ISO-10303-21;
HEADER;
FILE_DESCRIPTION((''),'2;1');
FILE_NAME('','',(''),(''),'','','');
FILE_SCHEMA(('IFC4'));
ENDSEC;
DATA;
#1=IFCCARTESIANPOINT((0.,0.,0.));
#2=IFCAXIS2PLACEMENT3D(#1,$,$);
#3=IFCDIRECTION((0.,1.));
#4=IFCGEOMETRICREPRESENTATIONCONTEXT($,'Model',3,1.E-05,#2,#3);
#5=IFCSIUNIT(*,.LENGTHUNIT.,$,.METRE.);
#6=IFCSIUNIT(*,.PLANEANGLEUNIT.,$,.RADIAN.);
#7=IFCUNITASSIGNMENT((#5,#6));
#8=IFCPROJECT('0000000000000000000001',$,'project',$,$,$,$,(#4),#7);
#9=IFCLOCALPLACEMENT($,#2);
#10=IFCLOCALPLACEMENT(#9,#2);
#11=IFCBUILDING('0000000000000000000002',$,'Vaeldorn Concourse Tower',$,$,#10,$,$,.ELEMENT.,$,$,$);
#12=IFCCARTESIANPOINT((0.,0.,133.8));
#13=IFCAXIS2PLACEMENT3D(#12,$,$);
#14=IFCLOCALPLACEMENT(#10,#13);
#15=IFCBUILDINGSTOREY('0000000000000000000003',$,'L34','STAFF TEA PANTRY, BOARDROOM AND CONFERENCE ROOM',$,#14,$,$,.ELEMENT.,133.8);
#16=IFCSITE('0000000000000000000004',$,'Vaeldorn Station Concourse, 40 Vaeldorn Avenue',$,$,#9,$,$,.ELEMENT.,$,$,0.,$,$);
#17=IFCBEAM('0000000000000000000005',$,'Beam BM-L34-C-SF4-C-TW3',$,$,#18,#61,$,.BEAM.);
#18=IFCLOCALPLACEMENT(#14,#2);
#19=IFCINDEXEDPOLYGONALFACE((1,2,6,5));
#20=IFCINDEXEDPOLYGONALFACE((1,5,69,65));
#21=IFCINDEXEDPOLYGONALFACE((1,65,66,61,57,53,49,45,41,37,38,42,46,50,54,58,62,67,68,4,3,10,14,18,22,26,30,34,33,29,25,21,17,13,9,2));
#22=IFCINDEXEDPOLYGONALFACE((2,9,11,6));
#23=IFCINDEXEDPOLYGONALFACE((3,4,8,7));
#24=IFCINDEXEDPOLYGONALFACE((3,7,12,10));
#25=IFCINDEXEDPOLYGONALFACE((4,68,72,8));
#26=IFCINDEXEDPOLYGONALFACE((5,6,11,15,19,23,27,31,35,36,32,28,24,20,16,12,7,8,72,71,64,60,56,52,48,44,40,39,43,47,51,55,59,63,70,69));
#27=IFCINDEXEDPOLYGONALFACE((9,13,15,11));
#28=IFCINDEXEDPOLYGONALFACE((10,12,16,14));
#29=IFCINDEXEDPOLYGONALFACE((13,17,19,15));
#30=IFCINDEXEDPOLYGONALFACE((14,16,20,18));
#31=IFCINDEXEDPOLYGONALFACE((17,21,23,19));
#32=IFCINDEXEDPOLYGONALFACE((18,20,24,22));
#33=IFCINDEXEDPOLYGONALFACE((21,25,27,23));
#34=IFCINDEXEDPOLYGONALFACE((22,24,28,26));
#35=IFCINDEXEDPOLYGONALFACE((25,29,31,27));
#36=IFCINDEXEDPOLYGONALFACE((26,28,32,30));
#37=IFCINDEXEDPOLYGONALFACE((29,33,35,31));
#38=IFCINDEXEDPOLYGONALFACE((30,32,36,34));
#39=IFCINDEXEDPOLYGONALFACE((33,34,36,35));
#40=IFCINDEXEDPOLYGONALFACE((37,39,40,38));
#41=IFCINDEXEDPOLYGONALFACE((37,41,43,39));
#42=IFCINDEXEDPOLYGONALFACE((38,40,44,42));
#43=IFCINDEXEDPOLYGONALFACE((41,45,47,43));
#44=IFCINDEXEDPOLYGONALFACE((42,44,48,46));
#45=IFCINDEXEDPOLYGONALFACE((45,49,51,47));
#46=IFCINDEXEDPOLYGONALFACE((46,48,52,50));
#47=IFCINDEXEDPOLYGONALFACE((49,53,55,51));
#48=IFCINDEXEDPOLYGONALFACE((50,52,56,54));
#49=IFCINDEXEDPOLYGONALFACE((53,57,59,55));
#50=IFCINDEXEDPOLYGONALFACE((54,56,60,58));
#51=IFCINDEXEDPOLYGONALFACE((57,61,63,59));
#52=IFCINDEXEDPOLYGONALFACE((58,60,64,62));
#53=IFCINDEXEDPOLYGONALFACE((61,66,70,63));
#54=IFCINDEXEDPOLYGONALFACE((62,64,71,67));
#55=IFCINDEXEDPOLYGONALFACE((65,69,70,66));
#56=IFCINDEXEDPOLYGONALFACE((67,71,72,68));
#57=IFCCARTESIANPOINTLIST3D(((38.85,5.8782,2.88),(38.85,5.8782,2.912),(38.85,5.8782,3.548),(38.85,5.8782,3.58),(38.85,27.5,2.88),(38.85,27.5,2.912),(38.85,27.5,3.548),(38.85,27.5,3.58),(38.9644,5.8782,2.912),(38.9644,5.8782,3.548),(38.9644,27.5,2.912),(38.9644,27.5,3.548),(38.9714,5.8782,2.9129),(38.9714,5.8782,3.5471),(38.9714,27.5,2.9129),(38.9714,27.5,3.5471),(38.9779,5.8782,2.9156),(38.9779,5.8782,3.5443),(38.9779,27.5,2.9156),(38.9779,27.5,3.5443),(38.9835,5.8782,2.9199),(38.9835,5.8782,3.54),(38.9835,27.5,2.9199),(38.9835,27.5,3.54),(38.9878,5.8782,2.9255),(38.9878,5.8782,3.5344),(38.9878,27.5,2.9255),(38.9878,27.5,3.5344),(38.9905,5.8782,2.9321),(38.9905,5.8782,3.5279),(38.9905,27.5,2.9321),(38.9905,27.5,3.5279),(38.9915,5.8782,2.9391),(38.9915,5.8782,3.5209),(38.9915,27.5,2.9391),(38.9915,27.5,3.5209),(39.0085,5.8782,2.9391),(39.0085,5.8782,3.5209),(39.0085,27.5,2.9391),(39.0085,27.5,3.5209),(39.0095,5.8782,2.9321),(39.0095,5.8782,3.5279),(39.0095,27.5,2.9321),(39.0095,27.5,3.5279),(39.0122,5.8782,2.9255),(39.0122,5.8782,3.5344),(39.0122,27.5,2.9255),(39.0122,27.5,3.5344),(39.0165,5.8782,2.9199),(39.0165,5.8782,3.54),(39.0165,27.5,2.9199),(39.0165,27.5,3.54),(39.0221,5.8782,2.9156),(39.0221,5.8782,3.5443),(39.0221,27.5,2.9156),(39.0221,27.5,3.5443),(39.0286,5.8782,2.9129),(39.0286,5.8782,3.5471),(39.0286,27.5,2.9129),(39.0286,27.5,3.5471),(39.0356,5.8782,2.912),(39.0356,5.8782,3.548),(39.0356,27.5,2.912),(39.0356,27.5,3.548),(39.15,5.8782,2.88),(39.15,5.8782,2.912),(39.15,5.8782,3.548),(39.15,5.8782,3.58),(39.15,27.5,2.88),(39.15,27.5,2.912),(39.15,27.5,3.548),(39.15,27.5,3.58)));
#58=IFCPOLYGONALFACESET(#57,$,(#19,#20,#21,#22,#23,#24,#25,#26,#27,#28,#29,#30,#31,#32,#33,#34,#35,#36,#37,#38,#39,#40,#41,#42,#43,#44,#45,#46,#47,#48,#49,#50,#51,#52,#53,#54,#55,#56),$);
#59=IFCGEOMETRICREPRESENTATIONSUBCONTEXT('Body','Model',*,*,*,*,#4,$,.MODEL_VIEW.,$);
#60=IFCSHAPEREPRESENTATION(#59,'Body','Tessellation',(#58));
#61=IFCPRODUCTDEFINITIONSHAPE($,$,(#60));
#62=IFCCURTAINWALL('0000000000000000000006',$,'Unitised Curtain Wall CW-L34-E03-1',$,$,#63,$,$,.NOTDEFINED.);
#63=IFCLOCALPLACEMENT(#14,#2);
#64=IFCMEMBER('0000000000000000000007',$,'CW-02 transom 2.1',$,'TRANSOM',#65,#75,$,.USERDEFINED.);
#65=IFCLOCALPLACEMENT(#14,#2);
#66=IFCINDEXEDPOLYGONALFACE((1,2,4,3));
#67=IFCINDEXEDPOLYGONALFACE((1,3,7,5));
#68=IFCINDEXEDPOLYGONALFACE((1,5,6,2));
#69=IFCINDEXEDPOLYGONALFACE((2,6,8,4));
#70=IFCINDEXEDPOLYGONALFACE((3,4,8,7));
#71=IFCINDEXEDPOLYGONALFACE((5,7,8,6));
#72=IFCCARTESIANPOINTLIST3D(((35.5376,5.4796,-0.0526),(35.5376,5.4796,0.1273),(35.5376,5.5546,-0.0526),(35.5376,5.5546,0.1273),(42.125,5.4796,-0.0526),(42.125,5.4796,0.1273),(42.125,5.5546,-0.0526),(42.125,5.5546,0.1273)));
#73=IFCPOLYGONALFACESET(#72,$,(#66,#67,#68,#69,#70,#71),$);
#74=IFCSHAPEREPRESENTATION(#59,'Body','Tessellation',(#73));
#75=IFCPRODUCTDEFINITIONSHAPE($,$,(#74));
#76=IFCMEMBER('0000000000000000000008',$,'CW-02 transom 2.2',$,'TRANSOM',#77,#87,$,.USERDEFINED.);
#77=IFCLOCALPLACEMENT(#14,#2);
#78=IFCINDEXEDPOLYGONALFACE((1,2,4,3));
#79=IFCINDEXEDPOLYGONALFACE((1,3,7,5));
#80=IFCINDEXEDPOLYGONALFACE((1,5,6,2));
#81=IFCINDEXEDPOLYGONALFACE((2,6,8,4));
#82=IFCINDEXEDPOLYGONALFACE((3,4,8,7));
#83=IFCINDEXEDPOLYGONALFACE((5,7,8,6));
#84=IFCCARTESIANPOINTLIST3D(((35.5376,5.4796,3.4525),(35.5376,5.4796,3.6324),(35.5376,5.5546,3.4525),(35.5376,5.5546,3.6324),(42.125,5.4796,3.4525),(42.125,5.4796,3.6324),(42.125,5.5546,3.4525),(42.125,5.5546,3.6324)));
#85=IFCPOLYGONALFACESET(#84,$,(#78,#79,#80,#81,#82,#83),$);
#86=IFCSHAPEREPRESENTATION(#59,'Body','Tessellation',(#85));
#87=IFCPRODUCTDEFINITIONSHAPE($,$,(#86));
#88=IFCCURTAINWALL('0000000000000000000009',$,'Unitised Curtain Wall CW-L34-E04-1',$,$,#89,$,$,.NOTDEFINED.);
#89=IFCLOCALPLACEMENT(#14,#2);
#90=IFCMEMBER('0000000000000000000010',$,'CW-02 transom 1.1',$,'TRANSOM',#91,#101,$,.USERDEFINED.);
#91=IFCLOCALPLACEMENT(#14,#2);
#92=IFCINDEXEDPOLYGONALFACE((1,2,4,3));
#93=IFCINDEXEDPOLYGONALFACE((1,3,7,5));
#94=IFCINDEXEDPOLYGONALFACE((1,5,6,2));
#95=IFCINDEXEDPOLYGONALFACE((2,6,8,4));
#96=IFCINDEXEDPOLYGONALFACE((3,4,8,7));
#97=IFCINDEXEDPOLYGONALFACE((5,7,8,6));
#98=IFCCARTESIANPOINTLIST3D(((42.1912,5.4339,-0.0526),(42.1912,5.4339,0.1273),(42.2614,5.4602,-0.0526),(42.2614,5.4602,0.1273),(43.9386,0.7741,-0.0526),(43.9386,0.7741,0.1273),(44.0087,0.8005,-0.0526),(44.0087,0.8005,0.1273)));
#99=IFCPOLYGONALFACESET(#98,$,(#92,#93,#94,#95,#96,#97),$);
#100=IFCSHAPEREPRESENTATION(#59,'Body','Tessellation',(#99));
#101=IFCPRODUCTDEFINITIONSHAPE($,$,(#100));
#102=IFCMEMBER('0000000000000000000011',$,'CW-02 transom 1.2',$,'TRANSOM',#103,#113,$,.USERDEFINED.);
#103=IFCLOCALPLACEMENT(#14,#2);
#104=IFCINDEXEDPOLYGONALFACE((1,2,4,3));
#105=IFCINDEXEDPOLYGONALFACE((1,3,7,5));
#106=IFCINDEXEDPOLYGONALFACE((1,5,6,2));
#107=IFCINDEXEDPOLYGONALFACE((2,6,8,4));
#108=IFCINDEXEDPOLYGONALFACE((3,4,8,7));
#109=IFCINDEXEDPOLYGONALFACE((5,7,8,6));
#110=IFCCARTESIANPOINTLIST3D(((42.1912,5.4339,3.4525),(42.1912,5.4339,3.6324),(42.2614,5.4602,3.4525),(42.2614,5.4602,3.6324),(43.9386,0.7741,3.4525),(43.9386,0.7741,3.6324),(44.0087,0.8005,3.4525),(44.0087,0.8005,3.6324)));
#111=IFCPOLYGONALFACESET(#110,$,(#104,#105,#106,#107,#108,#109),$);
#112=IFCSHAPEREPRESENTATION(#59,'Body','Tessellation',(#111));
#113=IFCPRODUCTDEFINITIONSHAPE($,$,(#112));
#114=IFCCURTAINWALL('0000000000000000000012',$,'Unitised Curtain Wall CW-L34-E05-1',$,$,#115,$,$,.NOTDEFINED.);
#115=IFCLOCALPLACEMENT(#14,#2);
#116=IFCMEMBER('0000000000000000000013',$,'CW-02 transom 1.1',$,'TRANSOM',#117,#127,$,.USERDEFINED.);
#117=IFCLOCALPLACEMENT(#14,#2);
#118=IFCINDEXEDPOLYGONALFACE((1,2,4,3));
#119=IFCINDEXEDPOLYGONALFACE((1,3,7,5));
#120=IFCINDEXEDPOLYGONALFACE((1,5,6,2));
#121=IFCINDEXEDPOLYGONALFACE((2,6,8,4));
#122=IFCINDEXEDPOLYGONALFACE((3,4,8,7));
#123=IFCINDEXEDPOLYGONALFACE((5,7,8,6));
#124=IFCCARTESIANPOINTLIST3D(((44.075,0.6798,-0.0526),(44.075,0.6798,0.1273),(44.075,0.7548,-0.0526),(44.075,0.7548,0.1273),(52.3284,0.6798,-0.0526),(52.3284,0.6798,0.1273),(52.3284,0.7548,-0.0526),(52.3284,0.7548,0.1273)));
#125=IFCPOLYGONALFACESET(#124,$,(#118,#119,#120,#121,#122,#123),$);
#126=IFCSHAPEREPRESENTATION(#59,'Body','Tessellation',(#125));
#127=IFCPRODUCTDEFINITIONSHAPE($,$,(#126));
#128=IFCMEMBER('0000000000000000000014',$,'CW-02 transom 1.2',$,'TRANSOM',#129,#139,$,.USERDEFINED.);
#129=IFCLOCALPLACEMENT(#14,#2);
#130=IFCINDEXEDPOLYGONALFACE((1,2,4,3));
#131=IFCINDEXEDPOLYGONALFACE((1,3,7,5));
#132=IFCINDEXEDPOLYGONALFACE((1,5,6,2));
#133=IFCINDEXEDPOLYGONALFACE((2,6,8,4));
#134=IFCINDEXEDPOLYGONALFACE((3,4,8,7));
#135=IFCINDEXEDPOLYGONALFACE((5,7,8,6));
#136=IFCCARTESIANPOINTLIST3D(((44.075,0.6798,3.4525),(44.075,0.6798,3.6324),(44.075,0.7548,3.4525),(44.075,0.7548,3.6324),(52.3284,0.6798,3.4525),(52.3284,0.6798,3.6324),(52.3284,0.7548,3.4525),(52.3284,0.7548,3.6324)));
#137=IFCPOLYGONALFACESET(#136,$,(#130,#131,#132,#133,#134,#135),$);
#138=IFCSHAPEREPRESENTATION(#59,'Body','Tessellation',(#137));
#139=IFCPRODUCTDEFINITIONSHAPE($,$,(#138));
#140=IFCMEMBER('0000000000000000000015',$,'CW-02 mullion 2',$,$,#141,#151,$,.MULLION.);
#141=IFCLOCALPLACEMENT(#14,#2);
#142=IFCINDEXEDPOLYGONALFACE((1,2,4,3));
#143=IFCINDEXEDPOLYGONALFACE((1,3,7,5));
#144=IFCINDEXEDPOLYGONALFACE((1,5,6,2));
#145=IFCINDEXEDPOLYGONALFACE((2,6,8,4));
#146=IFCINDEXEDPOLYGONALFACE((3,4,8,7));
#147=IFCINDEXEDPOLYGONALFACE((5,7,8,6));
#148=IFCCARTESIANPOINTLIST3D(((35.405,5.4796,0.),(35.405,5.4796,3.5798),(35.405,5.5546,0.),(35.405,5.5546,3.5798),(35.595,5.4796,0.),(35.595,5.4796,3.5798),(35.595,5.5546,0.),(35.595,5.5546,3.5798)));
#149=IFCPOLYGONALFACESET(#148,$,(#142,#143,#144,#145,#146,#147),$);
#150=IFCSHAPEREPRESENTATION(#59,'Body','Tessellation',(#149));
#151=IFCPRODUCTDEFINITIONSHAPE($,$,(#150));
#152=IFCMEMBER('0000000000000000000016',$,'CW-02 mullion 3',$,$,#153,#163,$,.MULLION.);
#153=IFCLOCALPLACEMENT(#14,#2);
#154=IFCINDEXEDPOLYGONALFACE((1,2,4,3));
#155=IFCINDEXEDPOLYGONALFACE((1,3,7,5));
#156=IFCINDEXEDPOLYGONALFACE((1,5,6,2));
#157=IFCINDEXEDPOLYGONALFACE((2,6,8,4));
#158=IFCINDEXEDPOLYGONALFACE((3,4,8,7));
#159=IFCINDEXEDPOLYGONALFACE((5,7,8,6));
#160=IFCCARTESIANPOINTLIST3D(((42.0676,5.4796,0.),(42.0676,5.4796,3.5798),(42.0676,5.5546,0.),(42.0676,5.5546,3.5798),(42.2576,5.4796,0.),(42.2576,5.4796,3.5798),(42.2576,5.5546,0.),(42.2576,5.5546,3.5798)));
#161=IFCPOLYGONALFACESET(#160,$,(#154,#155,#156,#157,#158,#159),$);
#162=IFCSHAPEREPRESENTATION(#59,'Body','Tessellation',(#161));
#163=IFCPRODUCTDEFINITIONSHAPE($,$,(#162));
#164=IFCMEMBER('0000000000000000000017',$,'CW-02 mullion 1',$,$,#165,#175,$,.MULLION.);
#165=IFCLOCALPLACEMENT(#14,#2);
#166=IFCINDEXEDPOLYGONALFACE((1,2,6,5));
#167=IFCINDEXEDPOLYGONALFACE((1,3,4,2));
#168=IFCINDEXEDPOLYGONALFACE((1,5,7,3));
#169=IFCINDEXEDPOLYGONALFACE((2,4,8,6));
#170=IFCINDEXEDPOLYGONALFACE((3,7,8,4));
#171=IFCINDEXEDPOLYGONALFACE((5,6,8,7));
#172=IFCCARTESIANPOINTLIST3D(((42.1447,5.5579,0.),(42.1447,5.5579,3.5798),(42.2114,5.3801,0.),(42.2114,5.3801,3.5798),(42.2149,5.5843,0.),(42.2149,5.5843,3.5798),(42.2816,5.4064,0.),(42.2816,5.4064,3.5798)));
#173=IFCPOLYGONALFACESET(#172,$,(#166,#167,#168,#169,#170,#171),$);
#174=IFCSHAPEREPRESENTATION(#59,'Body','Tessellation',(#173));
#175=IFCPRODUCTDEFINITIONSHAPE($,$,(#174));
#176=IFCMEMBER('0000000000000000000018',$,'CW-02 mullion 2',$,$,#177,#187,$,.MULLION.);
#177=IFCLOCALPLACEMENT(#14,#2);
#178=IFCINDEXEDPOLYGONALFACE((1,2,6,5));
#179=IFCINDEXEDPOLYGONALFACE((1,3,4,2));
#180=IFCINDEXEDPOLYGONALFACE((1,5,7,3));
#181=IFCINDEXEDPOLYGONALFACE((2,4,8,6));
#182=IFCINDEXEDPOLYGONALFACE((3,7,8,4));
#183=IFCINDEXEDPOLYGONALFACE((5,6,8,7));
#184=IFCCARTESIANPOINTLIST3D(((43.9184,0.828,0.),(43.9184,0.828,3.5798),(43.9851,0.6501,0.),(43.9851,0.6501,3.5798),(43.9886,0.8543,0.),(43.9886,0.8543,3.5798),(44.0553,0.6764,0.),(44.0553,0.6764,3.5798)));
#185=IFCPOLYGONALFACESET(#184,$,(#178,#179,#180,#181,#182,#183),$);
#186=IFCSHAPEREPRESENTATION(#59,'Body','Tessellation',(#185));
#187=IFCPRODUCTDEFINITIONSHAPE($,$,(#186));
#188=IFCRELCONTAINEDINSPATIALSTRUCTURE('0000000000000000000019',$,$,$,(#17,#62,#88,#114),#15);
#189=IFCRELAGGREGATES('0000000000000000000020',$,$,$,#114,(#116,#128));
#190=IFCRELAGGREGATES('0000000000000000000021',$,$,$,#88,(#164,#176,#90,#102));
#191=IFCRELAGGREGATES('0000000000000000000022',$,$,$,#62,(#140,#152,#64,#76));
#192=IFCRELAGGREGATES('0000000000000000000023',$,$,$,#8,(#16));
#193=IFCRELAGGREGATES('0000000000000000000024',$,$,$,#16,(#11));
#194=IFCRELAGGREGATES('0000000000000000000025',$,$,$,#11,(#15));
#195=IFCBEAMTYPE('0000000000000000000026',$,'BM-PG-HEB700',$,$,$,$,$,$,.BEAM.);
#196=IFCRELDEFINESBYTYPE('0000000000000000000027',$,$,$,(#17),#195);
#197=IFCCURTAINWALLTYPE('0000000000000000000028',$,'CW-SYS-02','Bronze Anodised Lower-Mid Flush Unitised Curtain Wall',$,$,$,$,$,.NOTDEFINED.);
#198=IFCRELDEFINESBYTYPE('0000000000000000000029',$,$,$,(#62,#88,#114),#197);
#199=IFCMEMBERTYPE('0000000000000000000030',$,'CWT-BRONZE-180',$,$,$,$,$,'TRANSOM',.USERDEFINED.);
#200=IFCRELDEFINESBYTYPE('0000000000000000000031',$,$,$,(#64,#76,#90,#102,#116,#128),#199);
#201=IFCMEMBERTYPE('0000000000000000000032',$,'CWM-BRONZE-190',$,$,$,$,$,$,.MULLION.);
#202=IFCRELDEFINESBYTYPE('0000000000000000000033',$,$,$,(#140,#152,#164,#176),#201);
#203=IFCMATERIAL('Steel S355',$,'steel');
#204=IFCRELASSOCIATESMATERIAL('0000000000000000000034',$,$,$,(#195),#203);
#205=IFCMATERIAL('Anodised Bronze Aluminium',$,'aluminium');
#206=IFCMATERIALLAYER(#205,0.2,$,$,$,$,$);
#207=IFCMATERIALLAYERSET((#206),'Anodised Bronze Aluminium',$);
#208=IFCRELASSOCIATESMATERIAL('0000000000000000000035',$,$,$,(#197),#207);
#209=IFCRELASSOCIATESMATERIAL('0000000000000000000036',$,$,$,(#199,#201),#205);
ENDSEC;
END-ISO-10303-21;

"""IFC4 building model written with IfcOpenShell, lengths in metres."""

from ifc_helpers import new_model, si_unit, direction, frame, origin, origin_2d, place, context, subcontext, project, spatial, rectangle, i_section, extrude, source, transform, mapped, material, layer, layer_set, material_profile, profile_set, type_object, element, aggregate, save


model = new_model("IFC4")

# Units and contexts
model_context = context("Model", 3, precision=1e-05, world=origin(), true_north=direction((0.0, 1.0)))
body_context = subcontext(model_context, "Body", "Model", "MODEL_VIEW")
ifc_project = project(units=[si_unit("LENGTHUNIT", "METRE"), si_unit("PLANEANGLEUNIT", "RADIAN")], contexts=[model_context])

# Site, building, storey
site_placement = place(None, origin())
site = spatial("IfcSite", under=ifc_project, at=site_placement, Name="Vaeldorn Station Concourse, 40 Vaeldorn Avenue", CompositionType="ELEMENT", RefElevation=0.0)
building_placement = place(site_placement, origin())
building = spatial("IfcBuilding", under=site, at=building_placement, Name="Vaeldorn Concourse Tower", CompositionType="ELEMENT")
storey_placement = place(building_placement, frame((0.0, 0.0, 133.8)))
storey = spatial("IfcBuildingStorey", under=building, at=storey_placement, Name="L34", Description="STAFF TEA PANTRY, BOARDROOM AND CONFERENCE ROOM", CompositionType="ELEMENT", Elevation=133.8)

# Beam
ifc_material_1 = material(Name="Steel S355", Category="steel")
ifc_material_profile_1 = material_profile(ifc_material_1, i_section(OverallWidth=0.3, OverallDepth=0.7, WebThickness=0.0171, FlangeThickness=0.032, FilletRadius=0.0271, at=origin_2d()), Name="HEB 700")
ifc_profile_set_1 = profile_set([ifc_material_profile_1], Name="Steel S355")
beam_type_1 = type_object("IfcBeamType", Name="BM-PG-HEB700", PredefinedType="BEAM", material=ifc_profile_set_1)
shared_shape_1 = source(origin(), body_context, "Body", "SweptSolid", [
    extrude(i_section(OverallWidth=0.3, OverallDepth=0.7, WebThickness=0.0171, FlangeThickness=0.032, FilletRadius=0.0271, at=origin_2d()), origin(), (0.0, 0.0, 1.0), 21.6218),
])
beam_1_placement = place(storey_placement, frame((39.0, 5.8782, 3.23), z_axis=(0.0, 1.0, 0.0), x_axis=(-1.0, 0.0, 0.0)))
element("IfcBeam", 1, at=beam_1_placement, inside=storey, type_object=beam_type_1, Name="Beam BM-L34-C-SF4-C-TW3", PredefinedType="BEAM", context=body_context, shape_type="MappedRepresentation", body=[
    mapped(shared_shape_1, transform((0.0, 0.0, 0.0), scale=1.0)),
])

# Curtain walls, members
ifc_material_2 = material(Name="Anodised Bronze Aluminium", Category="aluminium")
ifc_layer_1 = layer(ifc_material_2, 0.2)
ifc_layer_set_1 = layer_set([ifc_layer_1], Name="Anodised Bronze Aluminium")
curtain_wall_type = type_object("IfcCurtainWallType", Name="CW-SYS-02", Description="Bronze Anodised Lower-Mid Flush Unitised Curtain Wall", PredefinedType="NOTDEFINED", material=ifc_layer_set_1)
curtain_wall_1_placement = place(storey_placement, origin())
curtain_wall_1 = element("IfcCurtainWall", 2, at=curtain_wall_1_placement, inside=storey, type_object=curtain_wall_type, Name="Unitised Curtain Wall CW-L34-E03-1", PredefinedType="NOTDEFINED")
ifc_material_profile_2 = material_profile(ifc_material_2, rectangle(XDim=0.075, YDim=0.1799, at=origin_2d()), Name="CWT 75x180")
ifc_profile_set_2 = profile_set([ifc_material_profile_2], Name="Anodised Bronze Aluminium")
member_type_1 = type_object("IfcMemberType", Name="CWT-BRONZE-180", ElementType="TRANSOM", PredefinedType="USERDEFINED", material=ifc_profile_set_2)
shared_shape_2 = source(origin(), body_context, "Body", "SweptSolid", [
    extrude(rectangle(XDim=0.075, YDim=0.1799, at=origin_2d()), origin(), (0.0, 0.0, 1.0), 6.5874),
])
member_1_placement = place(storey_placement, frame((35.5376, 5.5171, 0.0374), z_axis=(1.0, 0.0, 0.0), x_axis=(0.0, 1.0, 0.0)))
member_1 = element("IfcMember", 3, at=member_1_placement, type_object=member_type_1, Name="CW-02 transom 2.1", ObjectType="TRANSOM", PredefinedType="USERDEFINED", context=body_context, shape_type="MappedRepresentation", body=[
    mapped(shared_shape_2, transform((0.0, 0.0, 0.0), scale=1.0)),
])
member_2_placement = place(storey_placement, frame((35.5376, 5.5171, 3.5425), z_axis=(1.0, 0.0, 0.0), x_axis=(0.0, 1.0, 0.0)))
member_2 = element("IfcMember", 4, at=member_2_placement, type_object=member_type_1, Name="CW-02 transom 2.2", ObjectType="TRANSOM", PredefinedType="USERDEFINED", context=body_context, shape_type="MappedRepresentation", body=[
    mapped(shared_shape_2, transform((0.0, 0.0, 0.0), scale=1.0)),
])
curtain_wall_2_placement = place(storey_placement, origin())
curtain_wall_2 = element("IfcCurtainWall", 5, at=curtain_wall_2_placement, inside=storey, type_object=curtain_wall_type, Name="Unitised Curtain Wall CW-L34-E04-1", PredefinedType="NOTDEFINED")
shared_shape_3 = source(origin(), body_context, "Body", "SweptSolid", [
    extrude(rectangle(XDim=0.075, YDim=0.1799, at=origin_2d()), origin(), (0.0, 0.0, 1.0), 4.9766),
])
member_3_placement = place(storey_placement, frame((42.2263, 5.447, 0.0374), z_axis=(0.351113, -0.936333, 0.0), x_axis=(0.936333, 0.351113, 0.0)))
member_3 = element("IfcMember", 6, at=member_3_placement, type_object=member_type_1, Name="CW-02 transom 1.1", ObjectType="TRANSOM", PredefinedType="USERDEFINED", context=body_context, shape_type="MappedRepresentation", body=[
    mapped(shared_shape_3, transform((0.0, 0.0, 0.0), scale=1.0)),
])
member_4_placement = place(storey_placement, frame((42.2263, 5.447, 3.5425), z_axis=(0.351113, -0.936333, 0.0), x_axis=(0.936333, 0.351113, 0.0)))
member_4 = element("IfcMember", 7, at=member_4_placement, type_object=member_type_1, Name="CW-02 transom 1.2", ObjectType="TRANSOM", PredefinedType="USERDEFINED", context=body_context, shape_type="MappedRepresentation", body=[
    mapped(shared_shape_3, transform((0.0, 0.0, 0.0), scale=1.0)),
])
curtain_wall_3_placement = place(storey_placement, origin())
curtain_wall_3 = element("IfcCurtainWall", 8, at=curtain_wall_3_placement, inside=storey, type_object=curtain_wall_type, Name="Unitised Curtain Wall CW-L34-E05-1", PredefinedType="NOTDEFINED")
shared_shape_4 = source(origin(), body_context, "Body", "SweptSolid", [
    extrude(rectangle(XDim=0.075, YDim=0.1799, at=origin_2d()), origin(), (0.0, 0.0, 1.0), 8.2534),
])
member_5_placement = place(storey_placement, frame((44.075, 0.7173, 0.0374), z_axis=(1.0, 0.0, 0.0), x_axis=(0.0, 1.0, 0.0)))
member_5 = element("IfcMember", 9, at=member_5_placement, type_object=member_type_1, Name="CW-02 transom 1.1", ObjectType="TRANSOM", PredefinedType="USERDEFINED", context=body_context, shape_type="MappedRepresentation", body=[
    mapped(shared_shape_4, transform((0.0, 0.0, 0.0), scale=1.0)),
])
member_6_placement = place(storey_placement, frame((44.075, 0.7173, 3.5425), z_axis=(1.0, 0.0, 0.0), x_axis=(0.0, 1.0, 0.0)))
member_6 = element("IfcMember", 10, at=member_6_placement, type_object=member_type_1, Name="CW-02 transom 1.2", ObjectType="TRANSOM", PredefinedType="USERDEFINED", context=body_context, shape_type="MappedRepresentation", body=[
    mapped(shared_shape_4, transform((0.0, 0.0, 0.0), scale=1.0)),
])

# Members
ifc_material_profile_3 = material_profile(ifc_material_2, rectangle(XDim=0.075, YDim=0.1899, at=origin_2d()), Name="CWM 75x190")
ifc_profile_set_3 = profile_set([ifc_material_profile_3], Name="Anodised Bronze Aluminium")
member_type_2 = type_object("IfcMemberType", Name="CWM-BRONZE-190", PredefinedType="MULLION", material=ifc_profile_set_3)
shared_shape_5 = source(origin(), body_context, "Body", "SweptSolid", [
    extrude(rectangle(XDim=0.075, YDim=0.1899, at=origin_2d()), origin(), (0.0, 0.0, 1.0), 3.5798),
])
member_7_placement = place(storey_placement, frame((35.5, 5.5171, 0.0), z_axis=(0.0, 0.0, 1.0), x_axis=(0.0, 1.0, 0.0)))
member_7 = element("IfcMember", 11, at=member_7_placement, type_object=member_type_2, Name="CW-02 mullion 2", PredefinedType="MULLION", context=body_context, shape_type="MappedRepresentation", body=[
    mapped(shared_shape_5, transform((0.0, 0.0, 0.0), scale=1.0)),
])
member_8_placement = place(storey_placement, frame((42.1626, 5.5171, 0.0), z_axis=(0.0, 0.0, 1.0), x_axis=(0.0, 1.0, 0.0)))
member_8 = element("IfcMember", 12, at=member_8_placement, type_object=member_type_2, Name="CW-02 mullion 3", PredefinedType="MULLION", context=body_context, shape_type="MappedRepresentation", body=[
    mapped(shared_shape_5, transform((0.0, 0.0, 0.0), scale=1.0)),
])
member_9_placement = place(storey_placement, frame((42.2131, 5.4822, 0.0), z_axis=(0.0, 0.0, 1.0), x_axis=(0.936329, 0.351123, 0.0)))
member_9 = element("IfcMember", 13, at=member_9_placement, type_object=member_type_2, Name="CW-02 mullion 1", PredefinedType="MULLION", context=body_context, shape_type="MappedRepresentation", body=[
    mapped(shared_shape_5, transform((0.0, 0.0, 0.0), scale=1.0)),
])
member_10_placement = place(storey_placement, frame((43.9868, 0.7522, 0.0), z_axis=(0.0, 0.0, 1.0), x_axis=(0.936329, 0.351123, 0.0)))
member_10 = element("IfcMember", 14, at=member_10_placement, type_object=member_type_2, Name="CW-02 mullion 2", PredefinedType="MULLION", context=body_context, shape_type="MappedRepresentation", body=[
    mapped(shared_shape_5, transform((0.0, 0.0, 0.0), scale=1.0)),
])
aggregate(curtain_wall_3, [member_5, member_6])

aggregate(curtain_wall_2, [member_9, member_10, member_3, member_4])
aggregate(curtain_wall_1, [member_7, member_8, member_1, member_2])

save(model, "model.ifc")
